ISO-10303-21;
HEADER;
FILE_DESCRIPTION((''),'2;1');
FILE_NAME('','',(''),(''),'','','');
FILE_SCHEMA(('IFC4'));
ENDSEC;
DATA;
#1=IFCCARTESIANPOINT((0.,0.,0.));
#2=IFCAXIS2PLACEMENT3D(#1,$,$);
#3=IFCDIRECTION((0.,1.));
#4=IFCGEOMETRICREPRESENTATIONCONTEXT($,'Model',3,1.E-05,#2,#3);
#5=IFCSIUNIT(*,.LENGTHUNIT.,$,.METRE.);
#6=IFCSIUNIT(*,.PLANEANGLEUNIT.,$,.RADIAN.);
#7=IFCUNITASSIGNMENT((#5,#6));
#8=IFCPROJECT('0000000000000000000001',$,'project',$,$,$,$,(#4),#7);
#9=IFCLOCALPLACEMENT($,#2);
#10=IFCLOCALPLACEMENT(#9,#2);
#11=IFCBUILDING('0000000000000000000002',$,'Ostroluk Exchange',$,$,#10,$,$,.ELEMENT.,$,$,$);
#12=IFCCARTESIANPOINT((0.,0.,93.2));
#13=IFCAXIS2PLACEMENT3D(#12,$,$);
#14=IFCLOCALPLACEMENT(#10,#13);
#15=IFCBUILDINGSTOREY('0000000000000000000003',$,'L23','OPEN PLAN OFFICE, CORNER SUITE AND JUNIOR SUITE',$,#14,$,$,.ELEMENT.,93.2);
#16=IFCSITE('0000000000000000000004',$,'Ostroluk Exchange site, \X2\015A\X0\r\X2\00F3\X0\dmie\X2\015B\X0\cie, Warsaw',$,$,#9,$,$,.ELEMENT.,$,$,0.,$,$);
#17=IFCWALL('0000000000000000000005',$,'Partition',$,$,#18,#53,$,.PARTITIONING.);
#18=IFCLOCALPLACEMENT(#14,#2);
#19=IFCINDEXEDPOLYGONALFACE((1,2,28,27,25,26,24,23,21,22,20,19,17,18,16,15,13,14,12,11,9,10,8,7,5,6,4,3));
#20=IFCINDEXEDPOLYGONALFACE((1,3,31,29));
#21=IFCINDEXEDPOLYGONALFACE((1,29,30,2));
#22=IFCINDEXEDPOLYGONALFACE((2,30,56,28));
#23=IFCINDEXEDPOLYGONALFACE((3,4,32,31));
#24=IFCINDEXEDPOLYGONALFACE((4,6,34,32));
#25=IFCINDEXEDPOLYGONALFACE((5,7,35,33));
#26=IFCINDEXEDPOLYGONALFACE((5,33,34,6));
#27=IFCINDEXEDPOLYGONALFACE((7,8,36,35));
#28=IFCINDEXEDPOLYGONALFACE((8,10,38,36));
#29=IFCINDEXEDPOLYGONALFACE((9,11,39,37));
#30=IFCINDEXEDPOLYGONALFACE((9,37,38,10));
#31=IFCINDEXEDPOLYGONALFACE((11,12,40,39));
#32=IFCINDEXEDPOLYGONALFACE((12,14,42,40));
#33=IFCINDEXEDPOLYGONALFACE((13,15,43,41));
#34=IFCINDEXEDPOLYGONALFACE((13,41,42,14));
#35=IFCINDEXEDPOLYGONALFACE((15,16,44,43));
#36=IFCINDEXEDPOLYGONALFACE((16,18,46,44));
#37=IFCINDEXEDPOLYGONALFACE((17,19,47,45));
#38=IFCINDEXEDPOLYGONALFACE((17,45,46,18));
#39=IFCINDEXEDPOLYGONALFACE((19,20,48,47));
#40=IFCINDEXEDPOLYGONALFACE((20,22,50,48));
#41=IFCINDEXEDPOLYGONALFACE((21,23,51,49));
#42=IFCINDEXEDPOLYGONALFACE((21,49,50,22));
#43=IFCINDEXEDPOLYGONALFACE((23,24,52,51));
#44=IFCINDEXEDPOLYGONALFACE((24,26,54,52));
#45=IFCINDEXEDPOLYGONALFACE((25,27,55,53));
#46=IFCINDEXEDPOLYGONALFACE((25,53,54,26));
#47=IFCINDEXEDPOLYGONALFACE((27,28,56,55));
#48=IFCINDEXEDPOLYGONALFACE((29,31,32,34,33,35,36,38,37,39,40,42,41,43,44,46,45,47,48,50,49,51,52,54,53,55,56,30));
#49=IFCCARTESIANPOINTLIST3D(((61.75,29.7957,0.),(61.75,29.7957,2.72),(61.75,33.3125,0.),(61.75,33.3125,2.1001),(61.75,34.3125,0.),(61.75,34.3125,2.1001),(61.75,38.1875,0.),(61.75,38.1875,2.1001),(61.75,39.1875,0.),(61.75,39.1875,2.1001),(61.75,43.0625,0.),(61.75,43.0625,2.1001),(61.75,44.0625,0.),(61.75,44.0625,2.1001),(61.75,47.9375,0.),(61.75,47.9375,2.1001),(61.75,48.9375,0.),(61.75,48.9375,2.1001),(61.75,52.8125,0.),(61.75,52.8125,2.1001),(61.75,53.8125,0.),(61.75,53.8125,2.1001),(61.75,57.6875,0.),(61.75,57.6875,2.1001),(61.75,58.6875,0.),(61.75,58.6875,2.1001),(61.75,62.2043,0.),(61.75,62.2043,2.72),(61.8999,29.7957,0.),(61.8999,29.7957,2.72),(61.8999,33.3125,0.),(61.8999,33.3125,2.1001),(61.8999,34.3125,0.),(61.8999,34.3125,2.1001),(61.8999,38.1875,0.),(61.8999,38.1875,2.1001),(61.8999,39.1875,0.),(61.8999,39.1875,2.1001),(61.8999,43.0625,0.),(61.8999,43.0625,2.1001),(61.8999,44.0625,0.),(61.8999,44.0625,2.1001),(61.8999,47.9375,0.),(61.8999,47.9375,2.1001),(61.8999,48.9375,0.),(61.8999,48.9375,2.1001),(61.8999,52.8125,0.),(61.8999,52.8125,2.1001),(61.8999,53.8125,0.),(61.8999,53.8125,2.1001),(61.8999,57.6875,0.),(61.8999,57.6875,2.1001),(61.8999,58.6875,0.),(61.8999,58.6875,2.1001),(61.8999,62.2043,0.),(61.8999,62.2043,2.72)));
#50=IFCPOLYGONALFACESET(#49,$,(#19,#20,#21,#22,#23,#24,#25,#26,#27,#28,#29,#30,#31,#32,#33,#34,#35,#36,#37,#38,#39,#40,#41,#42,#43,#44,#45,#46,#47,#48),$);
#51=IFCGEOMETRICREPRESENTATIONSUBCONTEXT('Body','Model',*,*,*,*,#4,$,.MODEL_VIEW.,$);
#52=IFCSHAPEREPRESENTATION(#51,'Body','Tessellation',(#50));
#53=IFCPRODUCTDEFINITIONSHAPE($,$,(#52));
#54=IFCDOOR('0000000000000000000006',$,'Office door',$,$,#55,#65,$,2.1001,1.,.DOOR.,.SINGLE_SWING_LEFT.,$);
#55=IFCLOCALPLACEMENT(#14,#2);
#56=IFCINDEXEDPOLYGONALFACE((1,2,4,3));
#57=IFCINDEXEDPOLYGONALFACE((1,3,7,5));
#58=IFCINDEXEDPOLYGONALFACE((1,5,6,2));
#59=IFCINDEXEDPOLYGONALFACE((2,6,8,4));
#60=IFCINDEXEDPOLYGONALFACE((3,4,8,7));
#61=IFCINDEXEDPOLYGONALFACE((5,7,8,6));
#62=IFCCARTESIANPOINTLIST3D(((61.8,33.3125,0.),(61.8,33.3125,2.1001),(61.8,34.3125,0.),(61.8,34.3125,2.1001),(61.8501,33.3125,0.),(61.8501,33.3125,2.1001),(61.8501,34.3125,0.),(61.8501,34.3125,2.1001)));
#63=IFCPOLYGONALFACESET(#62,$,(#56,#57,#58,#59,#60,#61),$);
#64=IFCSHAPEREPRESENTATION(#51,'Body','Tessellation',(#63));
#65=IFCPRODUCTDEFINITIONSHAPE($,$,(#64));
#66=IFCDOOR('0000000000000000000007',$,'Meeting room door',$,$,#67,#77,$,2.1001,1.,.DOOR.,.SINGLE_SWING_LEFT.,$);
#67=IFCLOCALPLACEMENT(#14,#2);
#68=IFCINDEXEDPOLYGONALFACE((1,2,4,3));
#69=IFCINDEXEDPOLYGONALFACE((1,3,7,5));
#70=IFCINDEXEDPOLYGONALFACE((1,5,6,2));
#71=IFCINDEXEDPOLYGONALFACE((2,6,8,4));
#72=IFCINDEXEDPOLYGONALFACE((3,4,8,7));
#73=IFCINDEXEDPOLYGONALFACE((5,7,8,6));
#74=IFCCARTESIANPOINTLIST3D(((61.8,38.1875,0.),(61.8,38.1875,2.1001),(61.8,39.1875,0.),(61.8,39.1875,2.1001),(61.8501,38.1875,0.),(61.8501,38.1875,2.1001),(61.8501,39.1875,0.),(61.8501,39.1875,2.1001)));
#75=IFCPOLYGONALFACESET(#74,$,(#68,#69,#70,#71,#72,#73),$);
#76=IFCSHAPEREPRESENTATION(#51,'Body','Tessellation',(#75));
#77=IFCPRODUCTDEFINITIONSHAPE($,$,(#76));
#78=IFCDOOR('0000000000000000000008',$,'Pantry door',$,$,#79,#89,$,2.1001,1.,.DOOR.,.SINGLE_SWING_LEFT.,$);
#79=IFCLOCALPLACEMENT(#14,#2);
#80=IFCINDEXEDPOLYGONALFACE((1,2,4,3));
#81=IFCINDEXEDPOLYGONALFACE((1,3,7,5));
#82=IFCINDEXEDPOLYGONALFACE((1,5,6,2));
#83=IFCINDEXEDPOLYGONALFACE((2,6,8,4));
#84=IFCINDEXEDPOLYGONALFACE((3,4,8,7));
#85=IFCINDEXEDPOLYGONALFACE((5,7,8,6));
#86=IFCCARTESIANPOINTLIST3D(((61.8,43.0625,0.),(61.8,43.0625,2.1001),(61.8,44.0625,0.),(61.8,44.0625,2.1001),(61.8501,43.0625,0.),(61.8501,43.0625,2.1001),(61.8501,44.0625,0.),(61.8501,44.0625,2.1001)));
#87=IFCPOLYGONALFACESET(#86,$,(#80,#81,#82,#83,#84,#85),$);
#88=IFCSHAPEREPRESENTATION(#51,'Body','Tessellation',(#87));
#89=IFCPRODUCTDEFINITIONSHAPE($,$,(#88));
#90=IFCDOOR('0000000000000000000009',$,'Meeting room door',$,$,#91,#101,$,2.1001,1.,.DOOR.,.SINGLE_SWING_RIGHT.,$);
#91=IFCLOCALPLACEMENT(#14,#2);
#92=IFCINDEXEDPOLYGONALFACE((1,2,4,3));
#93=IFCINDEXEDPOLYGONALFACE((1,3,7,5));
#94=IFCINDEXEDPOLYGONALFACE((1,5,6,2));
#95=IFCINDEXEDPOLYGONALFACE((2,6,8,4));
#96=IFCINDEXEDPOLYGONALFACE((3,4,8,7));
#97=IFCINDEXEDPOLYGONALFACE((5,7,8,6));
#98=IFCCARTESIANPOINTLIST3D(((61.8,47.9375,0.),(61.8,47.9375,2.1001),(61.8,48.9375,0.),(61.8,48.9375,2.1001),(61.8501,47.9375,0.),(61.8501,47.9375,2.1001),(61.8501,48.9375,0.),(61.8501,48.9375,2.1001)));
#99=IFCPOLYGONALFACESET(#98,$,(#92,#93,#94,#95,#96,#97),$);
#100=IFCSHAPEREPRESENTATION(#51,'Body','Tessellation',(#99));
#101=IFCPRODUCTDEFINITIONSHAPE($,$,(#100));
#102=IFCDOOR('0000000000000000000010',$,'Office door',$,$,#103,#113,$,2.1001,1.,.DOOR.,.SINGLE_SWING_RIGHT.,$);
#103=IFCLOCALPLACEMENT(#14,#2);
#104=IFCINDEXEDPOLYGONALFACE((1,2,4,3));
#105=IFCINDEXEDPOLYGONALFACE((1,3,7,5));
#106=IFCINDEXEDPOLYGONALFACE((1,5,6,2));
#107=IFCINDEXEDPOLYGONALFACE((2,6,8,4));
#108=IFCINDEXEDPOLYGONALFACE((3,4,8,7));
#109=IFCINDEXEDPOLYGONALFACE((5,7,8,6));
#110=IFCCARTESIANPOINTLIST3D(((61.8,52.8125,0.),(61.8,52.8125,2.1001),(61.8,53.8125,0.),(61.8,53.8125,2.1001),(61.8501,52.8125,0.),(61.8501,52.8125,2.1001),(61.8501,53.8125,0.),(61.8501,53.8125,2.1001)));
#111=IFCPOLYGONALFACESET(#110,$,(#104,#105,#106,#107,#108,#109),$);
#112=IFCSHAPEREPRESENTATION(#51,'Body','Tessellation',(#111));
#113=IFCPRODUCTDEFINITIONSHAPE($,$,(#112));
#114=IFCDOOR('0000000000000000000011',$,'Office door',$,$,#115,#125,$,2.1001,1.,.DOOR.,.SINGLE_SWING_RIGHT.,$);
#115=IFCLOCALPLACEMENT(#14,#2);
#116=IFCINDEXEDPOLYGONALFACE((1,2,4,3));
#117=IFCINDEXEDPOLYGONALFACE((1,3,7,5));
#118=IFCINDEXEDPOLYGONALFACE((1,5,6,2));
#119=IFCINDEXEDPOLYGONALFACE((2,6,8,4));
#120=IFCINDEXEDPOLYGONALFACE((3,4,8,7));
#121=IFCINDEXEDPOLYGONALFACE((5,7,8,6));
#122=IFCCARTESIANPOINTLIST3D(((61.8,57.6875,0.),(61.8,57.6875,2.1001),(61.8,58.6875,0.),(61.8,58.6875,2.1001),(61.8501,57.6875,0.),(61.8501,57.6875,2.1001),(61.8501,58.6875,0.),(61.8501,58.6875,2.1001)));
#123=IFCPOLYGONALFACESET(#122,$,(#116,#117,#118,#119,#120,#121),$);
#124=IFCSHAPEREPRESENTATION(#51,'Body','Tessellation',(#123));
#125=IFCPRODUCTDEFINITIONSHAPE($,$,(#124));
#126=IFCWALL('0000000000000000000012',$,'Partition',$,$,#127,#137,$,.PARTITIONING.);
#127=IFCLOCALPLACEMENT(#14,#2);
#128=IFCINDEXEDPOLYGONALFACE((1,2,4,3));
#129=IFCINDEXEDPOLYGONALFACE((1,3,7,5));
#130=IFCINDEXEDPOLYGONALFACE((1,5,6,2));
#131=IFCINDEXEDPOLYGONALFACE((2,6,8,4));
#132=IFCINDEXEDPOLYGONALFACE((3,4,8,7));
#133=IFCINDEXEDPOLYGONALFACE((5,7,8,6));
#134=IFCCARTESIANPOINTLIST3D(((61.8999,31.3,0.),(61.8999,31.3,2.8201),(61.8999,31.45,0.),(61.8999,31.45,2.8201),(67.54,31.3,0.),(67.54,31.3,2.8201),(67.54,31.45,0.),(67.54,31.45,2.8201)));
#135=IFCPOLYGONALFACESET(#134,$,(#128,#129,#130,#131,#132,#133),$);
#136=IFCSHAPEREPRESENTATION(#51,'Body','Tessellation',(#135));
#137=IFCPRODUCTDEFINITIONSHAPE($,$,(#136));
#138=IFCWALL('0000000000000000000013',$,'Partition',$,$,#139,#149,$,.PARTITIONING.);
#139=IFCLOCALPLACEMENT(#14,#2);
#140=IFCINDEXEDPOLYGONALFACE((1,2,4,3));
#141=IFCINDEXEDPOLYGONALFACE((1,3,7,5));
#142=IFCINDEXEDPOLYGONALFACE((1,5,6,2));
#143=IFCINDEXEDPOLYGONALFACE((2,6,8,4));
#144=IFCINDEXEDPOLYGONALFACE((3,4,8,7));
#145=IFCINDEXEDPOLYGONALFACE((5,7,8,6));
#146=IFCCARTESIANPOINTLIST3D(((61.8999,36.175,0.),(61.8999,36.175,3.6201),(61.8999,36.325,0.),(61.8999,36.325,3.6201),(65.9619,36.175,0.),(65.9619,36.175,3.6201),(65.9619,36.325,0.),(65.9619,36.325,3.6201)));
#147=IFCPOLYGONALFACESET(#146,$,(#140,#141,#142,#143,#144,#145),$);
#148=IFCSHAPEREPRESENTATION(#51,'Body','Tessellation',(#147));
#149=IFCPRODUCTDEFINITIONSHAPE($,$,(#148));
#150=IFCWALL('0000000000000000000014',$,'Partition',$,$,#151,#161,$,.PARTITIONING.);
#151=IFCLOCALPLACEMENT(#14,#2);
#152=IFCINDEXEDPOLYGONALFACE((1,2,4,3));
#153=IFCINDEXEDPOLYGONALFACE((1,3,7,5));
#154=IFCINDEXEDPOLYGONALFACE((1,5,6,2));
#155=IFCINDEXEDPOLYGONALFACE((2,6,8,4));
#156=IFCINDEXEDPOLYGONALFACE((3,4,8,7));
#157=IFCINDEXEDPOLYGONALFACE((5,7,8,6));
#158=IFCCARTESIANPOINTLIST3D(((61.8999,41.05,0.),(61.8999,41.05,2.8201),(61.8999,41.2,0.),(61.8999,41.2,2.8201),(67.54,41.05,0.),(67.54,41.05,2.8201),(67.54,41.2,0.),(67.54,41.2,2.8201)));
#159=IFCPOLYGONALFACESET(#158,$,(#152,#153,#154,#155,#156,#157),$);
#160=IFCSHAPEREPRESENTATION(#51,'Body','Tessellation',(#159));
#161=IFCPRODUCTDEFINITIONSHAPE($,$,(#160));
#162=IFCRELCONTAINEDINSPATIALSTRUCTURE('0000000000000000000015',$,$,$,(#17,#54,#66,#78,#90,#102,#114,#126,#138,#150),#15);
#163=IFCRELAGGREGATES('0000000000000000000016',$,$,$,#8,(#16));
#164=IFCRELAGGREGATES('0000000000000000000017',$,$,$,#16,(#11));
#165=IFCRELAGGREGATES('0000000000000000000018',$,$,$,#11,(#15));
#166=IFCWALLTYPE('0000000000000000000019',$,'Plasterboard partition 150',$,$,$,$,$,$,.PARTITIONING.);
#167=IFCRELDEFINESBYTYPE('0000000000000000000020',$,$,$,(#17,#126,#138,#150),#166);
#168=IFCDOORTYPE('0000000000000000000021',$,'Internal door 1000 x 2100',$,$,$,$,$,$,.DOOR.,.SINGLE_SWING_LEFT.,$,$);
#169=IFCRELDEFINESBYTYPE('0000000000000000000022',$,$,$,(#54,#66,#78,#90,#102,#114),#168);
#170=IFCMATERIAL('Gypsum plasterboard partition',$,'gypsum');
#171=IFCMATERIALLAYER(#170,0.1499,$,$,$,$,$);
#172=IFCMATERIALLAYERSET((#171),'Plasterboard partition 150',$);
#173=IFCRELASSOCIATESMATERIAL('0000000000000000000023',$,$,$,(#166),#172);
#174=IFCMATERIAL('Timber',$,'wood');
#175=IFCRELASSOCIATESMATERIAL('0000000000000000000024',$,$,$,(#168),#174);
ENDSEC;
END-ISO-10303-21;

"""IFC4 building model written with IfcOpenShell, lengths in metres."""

from ifc_helpers import new_model, si_unit, direction, frame, frame_2d, origin, place, context, subcontext, project, spatial, rectangle, extrude, material, layer, layer_set, type_object, element, fill, save


model = new_model("IFC4")

# Units and contexts
model_context = context("Model", 3, precision=1e-05, world=origin(), true_north=direction((0.0, 1.0)))
body_context = subcontext(model_context, "Body", "Model", "MODEL_VIEW")
ifc_project = project(units=[si_unit("LENGTHUNIT", "METRE"), si_unit("PLANEANGLEUNIT", "RADIAN")], contexts=[model_context])

# Site, building, storey
site_placement = place(None, origin())
site = spatial("IfcSite", under=ifc_project, at=site_placement, Name="Ostroluk Exchange site, Śródmieście, Warsaw", CompositionType="ELEMENT", RefElevation=0.0)
building_placement = place(site_placement, origin())
building = spatial("IfcBuilding", under=site, at=building_placement, Name="Ostroluk Exchange", CompositionType="ELEMENT")
storey_placement = place(building_placement, frame((0.0, 0.0, 93.2)))
storey = spatial("IfcBuildingStorey", under=building, at=storey_placement, Name="L23", Description="OPEN PLAN OFFICE, CORNER SUITE AND JUNIOR SUITE", CompositionType="ELEMENT", Elevation=93.2)

# Shared definitions
ifc_material_1 = material(Name="Gypsum plasterboard partition", Category="gypsum")
ifc_layer_1 = layer(ifc_material_1, 0.1499)
ifc_layer_set_1 = layer_set([ifc_layer_1], Name="Plasterboard partition 150")
wall_type_1 = type_object("IfcWallType", Name="Plasterboard partition 150", PredefinedType="PARTITIONING", material=ifc_layer_set_1)
ifc_material_2 = material(Name="Timber", Category="wood")
door_type_1 = type_object("IfcDoorType", Name="Internal door 1000 x 2100", OperationType="SINGLE_SWING_LEFT", PredefinedType="DOOR", material=ifc_material_2)

# Wall, openings, doors
wall_1_placement = place(storey_placement, frame((61.825, 29.7957, 0.0), z_axis=(0.0, 0.0, 1.0), x_axis=(0.0, 1.0, 0.0)))
wall_1 = element("IfcWall", 1, at=wall_1_placement, inside=storey, type_object=wall_type_1, Name="Partition", PredefinedType="PARTITIONING", context=body_context, shape_type="SweptSolid", body=[
    extrude(rectangle(XDim=32.4087, YDim=0.1499, at=frame_2d((16.2043, 0.0))), origin(), (0.0, 0.0, 1.0), 2.72),
])
opening_1_placement = place(wall_1_placement, frame((3.5168, 0.0, 0.0)))
opening_1 = element("IfcOpeningElement", 2, at=opening_1_placement, cuts=wall_1, PredefinedType="OPENING", context=body_context, shape_type="SweptSolid", body=[
    extrude(rectangle(XDim=1.0, YDim=2.1001, at=frame_2d((0.5, 1.05))), frame((0.0, 0.085, 0.0), z_axis=(0.0, -1.0, 0.0), x_axis=(1.0, 0.0, 0.0)), (0.0, 0.0, 1.0), 0.1699),
])
opening_2_placement = place(wall_1_placement, frame((8.3918, 0.0, 0.0)))
opening_2 = element("IfcOpeningElement", 3, at=opening_2_placement, cuts=wall_1, PredefinedType="OPENING", context=body_context, shape_type="SweptSolid", body=[
    extrude(rectangle(XDim=1.0, YDim=2.1001, at=frame_2d((0.5, 1.05))), frame((0.0, 0.085, 0.0), z_axis=(0.0, -1.0, 0.0), x_axis=(1.0, 0.0, 0.0)), (0.0, 0.0, 1.0), 0.1699),
])
opening_3_placement = place(wall_1_placement, frame((13.2668, 0.0, 0.0)))
opening_3 = element("IfcOpeningElement", 4, at=opening_3_placement, cuts=wall_1, PredefinedType="OPENING", context=body_context, shape_type="SweptSolid", body=[
    extrude(rectangle(XDim=1.0, YDim=2.1001, at=frame_2d((0.5, 1.05))), frame((0.0, 0.085, 0.0), z_axis=(0.0, -1.0, 0.0), x_axis=(1.0, 0.0, 0.0)), (0.0, 0.0, 1.0), 0.1699),
])
opening_4_placement = place(wall_1_placement, frame((18.1418, 0.0, 0.0)))
opening_4 = element("IfcOpeningElement", 5, at=opening_4_placement, cuts=wall_1, PredefinedType="OPENING", context=body_context, shape_type="SweptSolid", body=[
    extrude(rectangle(XDim=1.0, YDim=2.1001, at=frame_2d((0.5, 1.05))), frame((0.0, 0.085, 0.0), z_axis=(0.0, -1.0, 0.0), x_axis=(1.0, 0.0, 0.0)), (0.0, 0.0, 1.0), 0.1699),
])
opening_5_placement = place(wall_1_placement, frame((23.0168, 0.0, 0.0)))
opening_5 = element("IfcOpeningElement", 6, at=opening_5_placement, cuts=wall_1, PredefinedType="OPENING", context=body_context, shape_type="SweptSolid", body=[
    extrude(rectangle(XDim=1.0, YDim=2.1001, at=frame_2d((0.5, 1.05))), frame((0.0, 0.085, 0.0), z_axis=(0.0, -1.0, 0.0), x_axis=(1.0, 0.0, 0.0)), (0.0, 0.0, 1.0), 0.1699),
])
opening_6_placement = place(wall_1_placement, frame((27.8918, 0.0, 0.0)))
opening_6 = element("IfcOpeningElement", 7, at=opening_6_placement, cuts=wall_1, PredefinedType="OPENING", context=body_context, shape_type="SweptSolid", body=[
    extrude(rectangle(XDim=1.0, YDim=2.1001, at=frame_2d((0.5, 1.05))), frame((0.0, 0.085, 0.0), z_axis=(0.0, -1.0, 0.0), x_axis=(1.0, 0.0, 0.0)), (0.0, 0.0, 1.0), 0.1699),
])
door_1_placement = place(opening_1_placement, origin())
door_1 = element("IfcDoor", 8, at=door_1_placement, inside=storey, type_object=door_type_1, Name="Office door", OperationType="SINGLE_SWING_LEFT", OverallHeight=2.1001, OverallWidth=1.0, PredefinedType="DOOR", context=body_context, shape_type="SweptSolid", body=[
    extrude(rectangle(XDim=1.0, YDim=2.1001, at=frame_2d((0.5, 1.05))), frame((0.0, 0.0249, 0.0), z_axis=(0.0, -1.0, 0.0), x_axis=(1.0, 0.0, 0.0)), (0.0, 0.0, 1.0), 0.05),
])
fill(opening_1, door_1)
door_2_placement = place(opening_2_placement, origin())
door_2 = element("IfcDoor", 9, at=door_2_placement, inside=storey, type_object=door_type_1, Name="Meeting room door", OperationType="SINGLE_SWING_LEFT", OverallHeight=2.1001, OverallWidth=1.0, PredefinedType="DOOR", context=body_context, shape_type="SweptSolid", body=[
    extrude(rectangle(XDim=1.0, YDim=2.1001, at=frame_2d((0.5, 1.05))), frame((0.0, 0.0249, 0.0), z_axis=(0.0, -1.0, 0.0), x_axis=(1.0, 0.0, 0.0)), (0.0, 0.0, 1.0), 0.05),
])
fill(opening_2, door_2)
door_3_placement = place(opening_3_placement, origin())
door_3 = element("IfcDoor", 10, at=door_3_placement, inside=storey, type_object=door_type_1, Name="Pantry door", OperationType="SINGLE_SWING_LEFT", OverallHeight=2.1001, OverallWidth=1.0, PredefinedType="DOOR", context=body_context, shape_type="SweptSolid", body=[
    extrude(rectangle(XDim=1.0, YDim=2.1001, at=frame_2d((0.5, 1.05))), frame((0.0, 0.0249, 0.0), z_axis=(0.0, -1.0, 0.0), x_axis=(1.0, 0.0, 0.0)), (0.0, 0.0, 1.0), 0.05),
])
fill(opening_3, door_3)
door_4_placement = place(opening_4_placement, origin())
door_4 = element("IfcDoor", 11, at=door_4_placement, inside=storey, type_object=door_type_1, Name="Meeting room door", OperationType="SINGLE_SWING_RIGHT", OverallHeight=2.1001, OverallWidth=1.0, PredefinedType="DOOR", context=body_context, shape_type="SweptSolid", body=[
    extrude(rectangle(XDim=1.0, YDim=2.1001, at=frame_2d((0.5, 1.05))), frame((0.0, 0.0249, 0.0), z_axis=(0.0, -1.0, 0.0), x_axis=(1.0, 0.0, 0.0)), (0.0, 0.0, 1.0), 0.05),
])
fill(opening_4, door_4)
door_5_placement = place(opening_5_placement, origin())
door_5 = element("IfcDoor", 12, at=door_5_placement, inside=storey, type_object=door_type_1, Name="Office door", OperationType="SINGLE_SWING_RIGHT", OverallHeight=2.1001, OverallWidth=1.0, PredefinedType="DOOR", context=body_context, shape_type="SweptSolid", body=[
    extrude(rectangle(XDim=1.0, YDim=2.1001, at=frame_2d((0.5, 1.05))), frame((0.0, 0.0249, 0.0), z_axis=(0.0, -1.0, 0.0), x_axis=(1.0, 0.0, 0.0)), (0.0, 0.0, 1.0), 0.05),
])
fill(opening_5, door_5)
door_6_placement = place(opening_6_placement, origin())
door_6 = element("IfcDoor", 13, at=door_6_placement, inside=storey, type_object=door_type_1, Name="Office door", OperationType="SINGLE_SWING_RIGHT", OverallHeight=2.1001, OverallWidth=1.0, PredefinedType="DOOR", context=body_context, shape_type="SweptSolid", body=[
    extrude(rectangle(XDim=1.0, YDim=2.1001, at=frame_2d((0.5, 1.05))), frame((0.0, 0.0249, 0.0), z_axis=(0.0, -1.0, 0.0), x_axis=(1.0, 0.0, 0.0)), (0.0, 0.0, 1.0), 0.05),
])
fill(opening_6, door_6)

# Walls
wall_2_placement = place(storey_placement, frame((61.8999, 31.375, 0.0), z_axis=(0.0, 0.0, 1.0), x_axis=(1.0, 0.0, 0.0)))
element("IfcWall", 14, at=wall_2_placement, inside=storey, type_object=wall_type_1, Name="Partition", PredefinedType="PARTITIONING", context=body_context, shape_type="SweptSolid", body=[
    extrude(rectangle(XDim=5.6401, YDim=0.1499, at=frame_2d((2.8201, 0.0))), origin(), (0.0, 0.0, 1.0), 2.8201),
])
wall_3_placement = place(storey_placement, frame((61.8999, 36.25, 0.0), z_axis=(0.0, 0.0, 1.0), x_axis=(1.0, 0.0, 0.0)))
element("IfcWall", 15, at=wall_3_placement, inside=storey, type_object=wall_type_1, Name="Partition", PredefinedType="PARTITIONING", context=body_context, shape_type="SweptSolid", body=[
    extrude(rectangle(XDim=4.062, YDim=0.1499, at=frame_2d((2.031, 0.0))), origin(), (0.0, 0.0, 1.0), 3.6201),
])
wall_4_placement = place(storey_placement, frame((61.8999, 41.125, 0.0), z_axis=(0.0, 0.0, 1.0), x_axis=(1.0, 0.0, 0.0)))
element("IfcWall", 16, at=wall_4_placement, inside=storey, type_object=wall_type_1, Name="Partition", PredefinedType="PARTITIONING", context=body_context, shape_type="SweptSolid", body=[
    extrude(rectangle(XDim=5.6401, YDim=0.1499, at=frame_2d((2.8201, 0.0))), origin(), (0.0, 0.0, 1.0), 2.8201),
])

save(model, "model.ifc")
